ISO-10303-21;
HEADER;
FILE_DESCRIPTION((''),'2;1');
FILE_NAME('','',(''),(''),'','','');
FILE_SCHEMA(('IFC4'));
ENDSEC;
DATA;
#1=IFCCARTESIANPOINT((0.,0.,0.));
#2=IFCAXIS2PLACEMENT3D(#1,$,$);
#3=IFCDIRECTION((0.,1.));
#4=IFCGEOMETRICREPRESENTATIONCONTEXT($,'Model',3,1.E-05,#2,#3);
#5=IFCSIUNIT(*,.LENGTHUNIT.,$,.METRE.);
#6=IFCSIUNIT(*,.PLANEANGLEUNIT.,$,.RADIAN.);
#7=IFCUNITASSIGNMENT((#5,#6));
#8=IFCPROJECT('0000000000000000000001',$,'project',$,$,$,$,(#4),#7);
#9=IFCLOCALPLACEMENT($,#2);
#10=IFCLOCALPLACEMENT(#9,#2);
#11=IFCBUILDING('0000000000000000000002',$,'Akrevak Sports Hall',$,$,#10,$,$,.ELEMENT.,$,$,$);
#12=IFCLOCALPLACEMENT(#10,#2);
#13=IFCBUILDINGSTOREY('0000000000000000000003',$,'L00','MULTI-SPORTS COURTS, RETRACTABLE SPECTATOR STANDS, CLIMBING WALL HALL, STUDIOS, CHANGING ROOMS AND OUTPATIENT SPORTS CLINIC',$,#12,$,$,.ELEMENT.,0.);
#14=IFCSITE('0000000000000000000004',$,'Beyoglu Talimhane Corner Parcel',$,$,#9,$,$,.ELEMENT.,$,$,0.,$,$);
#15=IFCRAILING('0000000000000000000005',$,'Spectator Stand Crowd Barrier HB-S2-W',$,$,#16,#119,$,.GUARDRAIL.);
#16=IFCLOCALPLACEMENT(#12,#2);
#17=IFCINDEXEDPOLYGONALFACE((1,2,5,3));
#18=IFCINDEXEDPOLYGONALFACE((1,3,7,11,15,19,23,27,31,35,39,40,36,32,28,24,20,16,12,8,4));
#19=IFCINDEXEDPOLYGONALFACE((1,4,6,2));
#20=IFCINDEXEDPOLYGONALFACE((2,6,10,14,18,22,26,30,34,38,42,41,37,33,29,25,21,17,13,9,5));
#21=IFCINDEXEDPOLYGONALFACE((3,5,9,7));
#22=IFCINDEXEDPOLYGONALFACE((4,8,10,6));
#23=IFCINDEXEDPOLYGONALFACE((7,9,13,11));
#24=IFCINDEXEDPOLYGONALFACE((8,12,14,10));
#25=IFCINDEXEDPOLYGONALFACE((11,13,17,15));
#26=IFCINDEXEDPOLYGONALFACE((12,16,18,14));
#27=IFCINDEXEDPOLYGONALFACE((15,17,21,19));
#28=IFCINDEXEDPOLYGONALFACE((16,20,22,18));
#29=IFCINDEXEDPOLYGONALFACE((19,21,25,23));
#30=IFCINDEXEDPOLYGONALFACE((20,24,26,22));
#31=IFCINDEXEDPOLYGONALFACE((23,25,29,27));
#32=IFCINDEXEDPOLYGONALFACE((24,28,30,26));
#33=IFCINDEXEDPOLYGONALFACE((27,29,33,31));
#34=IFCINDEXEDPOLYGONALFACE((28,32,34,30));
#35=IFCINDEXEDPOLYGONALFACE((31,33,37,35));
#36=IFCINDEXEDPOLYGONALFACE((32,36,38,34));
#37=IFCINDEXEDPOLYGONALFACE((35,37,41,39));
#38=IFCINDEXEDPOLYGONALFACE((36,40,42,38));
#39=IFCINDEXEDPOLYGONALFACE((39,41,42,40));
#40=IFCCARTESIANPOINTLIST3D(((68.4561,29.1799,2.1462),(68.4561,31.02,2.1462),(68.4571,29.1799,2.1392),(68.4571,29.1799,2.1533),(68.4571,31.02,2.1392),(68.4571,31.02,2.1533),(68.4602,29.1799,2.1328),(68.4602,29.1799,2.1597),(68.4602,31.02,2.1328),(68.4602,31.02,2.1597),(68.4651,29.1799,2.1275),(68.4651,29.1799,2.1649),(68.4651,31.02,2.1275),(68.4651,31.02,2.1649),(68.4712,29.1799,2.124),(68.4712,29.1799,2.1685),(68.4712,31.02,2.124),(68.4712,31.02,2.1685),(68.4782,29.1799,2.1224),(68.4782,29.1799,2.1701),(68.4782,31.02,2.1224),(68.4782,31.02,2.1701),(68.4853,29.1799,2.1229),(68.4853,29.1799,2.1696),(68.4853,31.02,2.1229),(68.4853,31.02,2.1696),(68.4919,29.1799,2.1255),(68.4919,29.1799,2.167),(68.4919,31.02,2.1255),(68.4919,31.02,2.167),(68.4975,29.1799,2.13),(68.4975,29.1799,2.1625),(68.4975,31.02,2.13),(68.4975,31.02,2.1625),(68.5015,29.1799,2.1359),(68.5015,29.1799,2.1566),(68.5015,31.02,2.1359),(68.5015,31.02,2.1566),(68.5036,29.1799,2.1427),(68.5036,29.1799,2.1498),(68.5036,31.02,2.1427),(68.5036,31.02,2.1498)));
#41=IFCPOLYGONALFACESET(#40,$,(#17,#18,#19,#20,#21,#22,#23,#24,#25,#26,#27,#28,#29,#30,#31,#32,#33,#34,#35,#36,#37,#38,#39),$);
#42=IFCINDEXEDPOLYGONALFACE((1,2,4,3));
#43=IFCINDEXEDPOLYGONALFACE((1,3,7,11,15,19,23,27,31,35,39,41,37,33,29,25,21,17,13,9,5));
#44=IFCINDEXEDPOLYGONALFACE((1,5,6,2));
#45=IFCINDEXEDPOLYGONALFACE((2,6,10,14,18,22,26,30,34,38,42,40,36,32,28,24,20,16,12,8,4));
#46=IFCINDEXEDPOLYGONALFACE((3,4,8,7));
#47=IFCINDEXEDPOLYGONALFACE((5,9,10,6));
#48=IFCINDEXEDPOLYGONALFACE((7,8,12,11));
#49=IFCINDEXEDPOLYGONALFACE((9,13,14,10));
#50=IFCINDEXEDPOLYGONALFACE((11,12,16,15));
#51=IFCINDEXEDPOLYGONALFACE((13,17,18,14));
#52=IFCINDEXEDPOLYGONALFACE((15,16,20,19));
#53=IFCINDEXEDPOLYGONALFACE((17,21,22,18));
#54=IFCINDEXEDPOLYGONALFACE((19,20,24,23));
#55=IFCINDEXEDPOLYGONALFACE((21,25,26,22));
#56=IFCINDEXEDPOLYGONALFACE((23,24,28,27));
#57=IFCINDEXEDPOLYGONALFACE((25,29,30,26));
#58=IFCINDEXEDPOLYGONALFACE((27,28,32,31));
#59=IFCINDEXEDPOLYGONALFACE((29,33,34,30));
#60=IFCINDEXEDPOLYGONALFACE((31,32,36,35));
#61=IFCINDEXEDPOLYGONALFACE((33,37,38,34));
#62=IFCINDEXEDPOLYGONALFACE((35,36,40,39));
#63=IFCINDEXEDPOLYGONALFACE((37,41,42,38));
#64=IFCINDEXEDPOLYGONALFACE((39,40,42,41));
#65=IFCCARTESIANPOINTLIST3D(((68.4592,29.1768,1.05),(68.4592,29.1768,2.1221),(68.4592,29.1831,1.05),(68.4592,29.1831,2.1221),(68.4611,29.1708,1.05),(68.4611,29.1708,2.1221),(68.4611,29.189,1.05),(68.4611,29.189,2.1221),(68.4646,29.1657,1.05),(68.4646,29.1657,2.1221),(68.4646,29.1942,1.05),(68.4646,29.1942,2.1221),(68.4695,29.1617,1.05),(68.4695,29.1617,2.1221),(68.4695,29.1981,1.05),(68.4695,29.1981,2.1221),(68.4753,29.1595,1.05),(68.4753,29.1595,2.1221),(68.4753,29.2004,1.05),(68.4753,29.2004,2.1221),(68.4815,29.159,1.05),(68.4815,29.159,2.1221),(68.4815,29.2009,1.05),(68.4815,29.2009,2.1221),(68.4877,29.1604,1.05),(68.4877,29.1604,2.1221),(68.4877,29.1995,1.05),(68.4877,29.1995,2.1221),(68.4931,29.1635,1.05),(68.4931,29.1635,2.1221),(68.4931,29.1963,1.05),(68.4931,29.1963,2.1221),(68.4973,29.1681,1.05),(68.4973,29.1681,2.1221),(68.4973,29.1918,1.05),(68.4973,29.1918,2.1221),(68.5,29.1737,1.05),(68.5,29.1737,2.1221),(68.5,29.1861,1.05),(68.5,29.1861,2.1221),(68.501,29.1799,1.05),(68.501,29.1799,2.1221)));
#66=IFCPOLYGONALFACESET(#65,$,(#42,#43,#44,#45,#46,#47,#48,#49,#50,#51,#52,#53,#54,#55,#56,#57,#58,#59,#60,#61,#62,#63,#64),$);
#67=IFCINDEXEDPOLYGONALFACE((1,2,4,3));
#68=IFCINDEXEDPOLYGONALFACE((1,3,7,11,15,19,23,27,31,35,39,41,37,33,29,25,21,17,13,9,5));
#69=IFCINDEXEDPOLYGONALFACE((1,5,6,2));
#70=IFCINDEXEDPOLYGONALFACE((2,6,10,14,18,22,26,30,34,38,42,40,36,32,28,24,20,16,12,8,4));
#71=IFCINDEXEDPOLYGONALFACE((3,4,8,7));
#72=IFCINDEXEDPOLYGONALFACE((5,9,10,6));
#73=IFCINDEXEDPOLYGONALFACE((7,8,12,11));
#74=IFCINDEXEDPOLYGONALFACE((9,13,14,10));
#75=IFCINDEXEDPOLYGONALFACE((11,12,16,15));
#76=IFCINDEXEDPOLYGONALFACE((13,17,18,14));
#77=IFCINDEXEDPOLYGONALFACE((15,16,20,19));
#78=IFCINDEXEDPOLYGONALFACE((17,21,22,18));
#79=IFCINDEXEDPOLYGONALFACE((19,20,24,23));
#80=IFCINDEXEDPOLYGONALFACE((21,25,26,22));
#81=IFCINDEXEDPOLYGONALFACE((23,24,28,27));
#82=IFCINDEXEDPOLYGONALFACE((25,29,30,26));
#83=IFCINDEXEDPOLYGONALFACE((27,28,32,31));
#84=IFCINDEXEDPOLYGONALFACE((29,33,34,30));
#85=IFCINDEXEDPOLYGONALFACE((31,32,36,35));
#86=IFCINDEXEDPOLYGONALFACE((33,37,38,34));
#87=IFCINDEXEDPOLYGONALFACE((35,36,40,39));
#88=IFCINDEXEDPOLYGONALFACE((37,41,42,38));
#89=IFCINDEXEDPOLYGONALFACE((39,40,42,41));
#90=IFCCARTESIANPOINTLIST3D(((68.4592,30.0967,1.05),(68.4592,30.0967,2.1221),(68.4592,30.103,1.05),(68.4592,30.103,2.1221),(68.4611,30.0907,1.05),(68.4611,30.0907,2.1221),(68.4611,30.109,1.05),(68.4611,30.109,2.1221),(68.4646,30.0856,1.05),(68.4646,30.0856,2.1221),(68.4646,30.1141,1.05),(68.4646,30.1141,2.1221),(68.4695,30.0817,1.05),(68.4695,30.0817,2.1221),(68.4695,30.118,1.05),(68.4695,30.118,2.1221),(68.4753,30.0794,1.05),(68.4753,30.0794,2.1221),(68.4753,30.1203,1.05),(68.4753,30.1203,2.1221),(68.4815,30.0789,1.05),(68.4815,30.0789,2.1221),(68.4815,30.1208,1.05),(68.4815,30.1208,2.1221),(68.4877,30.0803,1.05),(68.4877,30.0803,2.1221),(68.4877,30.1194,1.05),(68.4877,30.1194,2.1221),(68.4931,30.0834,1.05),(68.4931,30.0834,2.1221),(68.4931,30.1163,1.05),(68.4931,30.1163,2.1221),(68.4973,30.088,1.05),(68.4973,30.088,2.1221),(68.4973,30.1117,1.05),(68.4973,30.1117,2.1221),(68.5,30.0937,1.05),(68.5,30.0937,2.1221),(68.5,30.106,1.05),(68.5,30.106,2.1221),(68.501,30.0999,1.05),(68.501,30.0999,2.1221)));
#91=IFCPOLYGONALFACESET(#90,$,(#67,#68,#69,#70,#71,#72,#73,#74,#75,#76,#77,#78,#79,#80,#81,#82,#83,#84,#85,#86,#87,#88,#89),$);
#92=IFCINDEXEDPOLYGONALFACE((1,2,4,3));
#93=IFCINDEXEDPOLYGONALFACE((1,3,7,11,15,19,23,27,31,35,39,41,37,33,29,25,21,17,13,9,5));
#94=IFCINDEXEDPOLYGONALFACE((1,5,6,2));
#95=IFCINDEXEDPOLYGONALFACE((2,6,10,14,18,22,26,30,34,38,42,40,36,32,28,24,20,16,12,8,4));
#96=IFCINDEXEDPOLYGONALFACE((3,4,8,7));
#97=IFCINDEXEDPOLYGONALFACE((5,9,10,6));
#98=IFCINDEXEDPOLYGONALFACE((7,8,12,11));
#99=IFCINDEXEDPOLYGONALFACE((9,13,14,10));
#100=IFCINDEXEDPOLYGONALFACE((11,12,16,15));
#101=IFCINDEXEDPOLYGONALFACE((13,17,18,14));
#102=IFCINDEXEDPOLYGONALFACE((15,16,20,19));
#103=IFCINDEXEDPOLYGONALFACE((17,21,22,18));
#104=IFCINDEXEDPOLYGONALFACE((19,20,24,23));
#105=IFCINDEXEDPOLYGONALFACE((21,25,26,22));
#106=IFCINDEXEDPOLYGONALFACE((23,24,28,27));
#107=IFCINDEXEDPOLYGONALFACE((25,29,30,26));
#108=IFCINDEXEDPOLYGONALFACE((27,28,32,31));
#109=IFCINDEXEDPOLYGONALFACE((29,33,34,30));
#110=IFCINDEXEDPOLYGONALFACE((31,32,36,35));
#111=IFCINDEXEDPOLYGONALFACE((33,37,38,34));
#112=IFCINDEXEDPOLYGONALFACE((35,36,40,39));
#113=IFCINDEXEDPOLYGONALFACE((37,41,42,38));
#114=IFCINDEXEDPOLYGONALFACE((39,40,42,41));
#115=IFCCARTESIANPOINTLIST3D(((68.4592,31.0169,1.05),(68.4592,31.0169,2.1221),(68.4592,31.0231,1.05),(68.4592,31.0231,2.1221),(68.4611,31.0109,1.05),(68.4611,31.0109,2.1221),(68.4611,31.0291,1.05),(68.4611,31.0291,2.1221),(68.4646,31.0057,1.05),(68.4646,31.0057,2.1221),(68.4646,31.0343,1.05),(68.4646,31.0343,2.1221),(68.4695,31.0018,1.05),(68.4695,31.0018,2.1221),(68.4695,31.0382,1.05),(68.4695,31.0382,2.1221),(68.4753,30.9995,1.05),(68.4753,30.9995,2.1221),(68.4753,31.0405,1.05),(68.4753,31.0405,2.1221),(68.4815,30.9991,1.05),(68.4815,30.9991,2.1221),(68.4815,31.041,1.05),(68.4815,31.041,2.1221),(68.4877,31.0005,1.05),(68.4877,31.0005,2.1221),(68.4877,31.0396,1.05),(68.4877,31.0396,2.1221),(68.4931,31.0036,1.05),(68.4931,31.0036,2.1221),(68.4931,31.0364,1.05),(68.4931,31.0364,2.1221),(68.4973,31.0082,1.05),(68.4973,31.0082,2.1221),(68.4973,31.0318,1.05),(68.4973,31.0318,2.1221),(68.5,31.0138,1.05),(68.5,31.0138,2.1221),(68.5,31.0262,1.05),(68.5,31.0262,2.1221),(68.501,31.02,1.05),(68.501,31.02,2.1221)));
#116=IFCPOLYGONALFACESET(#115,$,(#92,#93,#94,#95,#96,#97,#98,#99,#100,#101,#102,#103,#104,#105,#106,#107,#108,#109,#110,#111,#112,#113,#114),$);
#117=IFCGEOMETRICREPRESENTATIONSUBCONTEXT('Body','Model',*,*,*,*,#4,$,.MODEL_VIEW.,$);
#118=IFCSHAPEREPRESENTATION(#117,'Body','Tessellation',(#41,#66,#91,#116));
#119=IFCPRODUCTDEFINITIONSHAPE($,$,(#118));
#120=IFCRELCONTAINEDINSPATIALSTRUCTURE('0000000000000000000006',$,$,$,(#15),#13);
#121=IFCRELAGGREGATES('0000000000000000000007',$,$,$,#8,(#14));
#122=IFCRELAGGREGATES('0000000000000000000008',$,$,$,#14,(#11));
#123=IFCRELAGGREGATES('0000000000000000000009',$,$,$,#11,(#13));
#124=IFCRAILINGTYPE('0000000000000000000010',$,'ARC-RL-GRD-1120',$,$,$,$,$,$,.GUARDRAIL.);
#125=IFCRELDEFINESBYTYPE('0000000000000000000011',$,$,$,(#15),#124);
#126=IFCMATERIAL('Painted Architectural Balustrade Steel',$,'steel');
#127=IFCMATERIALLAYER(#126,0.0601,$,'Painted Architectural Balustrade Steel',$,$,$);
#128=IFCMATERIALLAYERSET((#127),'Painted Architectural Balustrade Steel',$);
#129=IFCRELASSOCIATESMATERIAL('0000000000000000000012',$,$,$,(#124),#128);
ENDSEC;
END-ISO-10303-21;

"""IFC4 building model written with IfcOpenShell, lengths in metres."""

from ifc_helpers import new_model, si_unit, direction, frame, origin, origin_2d, place, context, subcontext, project, spatial, circle, extrude, material, layer, layer_set, type_object, element, save


model = new_model("IFC4")

# Units and contexts
model_context = context("Model", 3, precision=1e-05, world=origin(), true_north=direction((0.0, 1.0)))
body_context = subcontext(model_context, "Body", "Model", "MODEL_VIEW")
ifc_project = project(units=[si_unit("LENGTHUNIT", "METRE"), si_unit("PLANEANGLEUNIT", "RADIAN")], contexts=[model_context])

# Site, building, storey
site_placement = place(None, origin())
site = spatial("IfcSite", under=ifc_project, at=site_placement, Name="Beyoglu Talimhane Corner Parcel", CompositionType="ELEMENT", RefElevation=0.0)
building_placement = place(site_placement, origin())
building = spatial("IfcBuilding", under=site, at=building_placement, Name="Akrevak Sports Hall", CompositionType="ELEMENT")
storey_placement = place(building_placement, origin())
storey = spatial("IfcBuildingStorey", under=building, at=storey_placement, Name="L00", Description="MULTI-SPORTS COURTS, RETRACTABLE SPECTATOR STANDS, CLIMBING WALL HALL, STUDIOS, CHANGING ROOMS AND OUTPATIENT SPORTS CLINIC", CompositionType="ELEMENT", Elevation=0.0)

# Railing
ifc_material_1 = material(Name="Painted Architectural Balustrade Steel", Category="steel")
ifc_layer_1 = layer(ifc_material_1, 0.0601, Name="Painted Architectural Balustrade Steel")
ifc_layer_set_1 = layer_set([ifc_layer_1], Name="Painted Architectural Balustrade Steel")
railing_type_1 = type_object("IfcRailingType", Name="ARC-RL-GRD-1120", PredefinedType="GUARDRAIL", material=ifc_layer_set_1)
railing_1_placement = place(storey_placement, frame((68.48, 29.1799, 1.05)))
element("IfcRailing", 1, at=railing_1_placement, inside=storey, type_object=railing_type_1, Name="Spectator Stand Crowd Barrier HB-S2-W", PredefinedType="GUARDRAIL", context=body_context, shape_type="SweptSolid", body=[
    extrude(circle(Radius=0.0239, at=origin_2d()), frame((0.0, 0.0, 1.0962), z_axis=(0.0, 1.0, 0.0), x_axis=(-1.0, 0.0, 0.0)), (0.0, 0.0, 1.0), 1.8401),
    extrude(circle(Radius=0.021, at=origin_2d()), origin(), (0.0, 0.0, 1.0), 1.072),
    extrude(circle(Radius=0.021, at=origin_2d()), frame((0.0, 0.9199, 0.0)), (0.0, 0.0, 1.0), 1.072),
    extrude(circle(Radius=0.021, at=origin_2d()), frame((0.0, 1.8401, 0.0)), (0.0, 0.0, 1.0), 1.072),
])

save(model, "model.ifc")
